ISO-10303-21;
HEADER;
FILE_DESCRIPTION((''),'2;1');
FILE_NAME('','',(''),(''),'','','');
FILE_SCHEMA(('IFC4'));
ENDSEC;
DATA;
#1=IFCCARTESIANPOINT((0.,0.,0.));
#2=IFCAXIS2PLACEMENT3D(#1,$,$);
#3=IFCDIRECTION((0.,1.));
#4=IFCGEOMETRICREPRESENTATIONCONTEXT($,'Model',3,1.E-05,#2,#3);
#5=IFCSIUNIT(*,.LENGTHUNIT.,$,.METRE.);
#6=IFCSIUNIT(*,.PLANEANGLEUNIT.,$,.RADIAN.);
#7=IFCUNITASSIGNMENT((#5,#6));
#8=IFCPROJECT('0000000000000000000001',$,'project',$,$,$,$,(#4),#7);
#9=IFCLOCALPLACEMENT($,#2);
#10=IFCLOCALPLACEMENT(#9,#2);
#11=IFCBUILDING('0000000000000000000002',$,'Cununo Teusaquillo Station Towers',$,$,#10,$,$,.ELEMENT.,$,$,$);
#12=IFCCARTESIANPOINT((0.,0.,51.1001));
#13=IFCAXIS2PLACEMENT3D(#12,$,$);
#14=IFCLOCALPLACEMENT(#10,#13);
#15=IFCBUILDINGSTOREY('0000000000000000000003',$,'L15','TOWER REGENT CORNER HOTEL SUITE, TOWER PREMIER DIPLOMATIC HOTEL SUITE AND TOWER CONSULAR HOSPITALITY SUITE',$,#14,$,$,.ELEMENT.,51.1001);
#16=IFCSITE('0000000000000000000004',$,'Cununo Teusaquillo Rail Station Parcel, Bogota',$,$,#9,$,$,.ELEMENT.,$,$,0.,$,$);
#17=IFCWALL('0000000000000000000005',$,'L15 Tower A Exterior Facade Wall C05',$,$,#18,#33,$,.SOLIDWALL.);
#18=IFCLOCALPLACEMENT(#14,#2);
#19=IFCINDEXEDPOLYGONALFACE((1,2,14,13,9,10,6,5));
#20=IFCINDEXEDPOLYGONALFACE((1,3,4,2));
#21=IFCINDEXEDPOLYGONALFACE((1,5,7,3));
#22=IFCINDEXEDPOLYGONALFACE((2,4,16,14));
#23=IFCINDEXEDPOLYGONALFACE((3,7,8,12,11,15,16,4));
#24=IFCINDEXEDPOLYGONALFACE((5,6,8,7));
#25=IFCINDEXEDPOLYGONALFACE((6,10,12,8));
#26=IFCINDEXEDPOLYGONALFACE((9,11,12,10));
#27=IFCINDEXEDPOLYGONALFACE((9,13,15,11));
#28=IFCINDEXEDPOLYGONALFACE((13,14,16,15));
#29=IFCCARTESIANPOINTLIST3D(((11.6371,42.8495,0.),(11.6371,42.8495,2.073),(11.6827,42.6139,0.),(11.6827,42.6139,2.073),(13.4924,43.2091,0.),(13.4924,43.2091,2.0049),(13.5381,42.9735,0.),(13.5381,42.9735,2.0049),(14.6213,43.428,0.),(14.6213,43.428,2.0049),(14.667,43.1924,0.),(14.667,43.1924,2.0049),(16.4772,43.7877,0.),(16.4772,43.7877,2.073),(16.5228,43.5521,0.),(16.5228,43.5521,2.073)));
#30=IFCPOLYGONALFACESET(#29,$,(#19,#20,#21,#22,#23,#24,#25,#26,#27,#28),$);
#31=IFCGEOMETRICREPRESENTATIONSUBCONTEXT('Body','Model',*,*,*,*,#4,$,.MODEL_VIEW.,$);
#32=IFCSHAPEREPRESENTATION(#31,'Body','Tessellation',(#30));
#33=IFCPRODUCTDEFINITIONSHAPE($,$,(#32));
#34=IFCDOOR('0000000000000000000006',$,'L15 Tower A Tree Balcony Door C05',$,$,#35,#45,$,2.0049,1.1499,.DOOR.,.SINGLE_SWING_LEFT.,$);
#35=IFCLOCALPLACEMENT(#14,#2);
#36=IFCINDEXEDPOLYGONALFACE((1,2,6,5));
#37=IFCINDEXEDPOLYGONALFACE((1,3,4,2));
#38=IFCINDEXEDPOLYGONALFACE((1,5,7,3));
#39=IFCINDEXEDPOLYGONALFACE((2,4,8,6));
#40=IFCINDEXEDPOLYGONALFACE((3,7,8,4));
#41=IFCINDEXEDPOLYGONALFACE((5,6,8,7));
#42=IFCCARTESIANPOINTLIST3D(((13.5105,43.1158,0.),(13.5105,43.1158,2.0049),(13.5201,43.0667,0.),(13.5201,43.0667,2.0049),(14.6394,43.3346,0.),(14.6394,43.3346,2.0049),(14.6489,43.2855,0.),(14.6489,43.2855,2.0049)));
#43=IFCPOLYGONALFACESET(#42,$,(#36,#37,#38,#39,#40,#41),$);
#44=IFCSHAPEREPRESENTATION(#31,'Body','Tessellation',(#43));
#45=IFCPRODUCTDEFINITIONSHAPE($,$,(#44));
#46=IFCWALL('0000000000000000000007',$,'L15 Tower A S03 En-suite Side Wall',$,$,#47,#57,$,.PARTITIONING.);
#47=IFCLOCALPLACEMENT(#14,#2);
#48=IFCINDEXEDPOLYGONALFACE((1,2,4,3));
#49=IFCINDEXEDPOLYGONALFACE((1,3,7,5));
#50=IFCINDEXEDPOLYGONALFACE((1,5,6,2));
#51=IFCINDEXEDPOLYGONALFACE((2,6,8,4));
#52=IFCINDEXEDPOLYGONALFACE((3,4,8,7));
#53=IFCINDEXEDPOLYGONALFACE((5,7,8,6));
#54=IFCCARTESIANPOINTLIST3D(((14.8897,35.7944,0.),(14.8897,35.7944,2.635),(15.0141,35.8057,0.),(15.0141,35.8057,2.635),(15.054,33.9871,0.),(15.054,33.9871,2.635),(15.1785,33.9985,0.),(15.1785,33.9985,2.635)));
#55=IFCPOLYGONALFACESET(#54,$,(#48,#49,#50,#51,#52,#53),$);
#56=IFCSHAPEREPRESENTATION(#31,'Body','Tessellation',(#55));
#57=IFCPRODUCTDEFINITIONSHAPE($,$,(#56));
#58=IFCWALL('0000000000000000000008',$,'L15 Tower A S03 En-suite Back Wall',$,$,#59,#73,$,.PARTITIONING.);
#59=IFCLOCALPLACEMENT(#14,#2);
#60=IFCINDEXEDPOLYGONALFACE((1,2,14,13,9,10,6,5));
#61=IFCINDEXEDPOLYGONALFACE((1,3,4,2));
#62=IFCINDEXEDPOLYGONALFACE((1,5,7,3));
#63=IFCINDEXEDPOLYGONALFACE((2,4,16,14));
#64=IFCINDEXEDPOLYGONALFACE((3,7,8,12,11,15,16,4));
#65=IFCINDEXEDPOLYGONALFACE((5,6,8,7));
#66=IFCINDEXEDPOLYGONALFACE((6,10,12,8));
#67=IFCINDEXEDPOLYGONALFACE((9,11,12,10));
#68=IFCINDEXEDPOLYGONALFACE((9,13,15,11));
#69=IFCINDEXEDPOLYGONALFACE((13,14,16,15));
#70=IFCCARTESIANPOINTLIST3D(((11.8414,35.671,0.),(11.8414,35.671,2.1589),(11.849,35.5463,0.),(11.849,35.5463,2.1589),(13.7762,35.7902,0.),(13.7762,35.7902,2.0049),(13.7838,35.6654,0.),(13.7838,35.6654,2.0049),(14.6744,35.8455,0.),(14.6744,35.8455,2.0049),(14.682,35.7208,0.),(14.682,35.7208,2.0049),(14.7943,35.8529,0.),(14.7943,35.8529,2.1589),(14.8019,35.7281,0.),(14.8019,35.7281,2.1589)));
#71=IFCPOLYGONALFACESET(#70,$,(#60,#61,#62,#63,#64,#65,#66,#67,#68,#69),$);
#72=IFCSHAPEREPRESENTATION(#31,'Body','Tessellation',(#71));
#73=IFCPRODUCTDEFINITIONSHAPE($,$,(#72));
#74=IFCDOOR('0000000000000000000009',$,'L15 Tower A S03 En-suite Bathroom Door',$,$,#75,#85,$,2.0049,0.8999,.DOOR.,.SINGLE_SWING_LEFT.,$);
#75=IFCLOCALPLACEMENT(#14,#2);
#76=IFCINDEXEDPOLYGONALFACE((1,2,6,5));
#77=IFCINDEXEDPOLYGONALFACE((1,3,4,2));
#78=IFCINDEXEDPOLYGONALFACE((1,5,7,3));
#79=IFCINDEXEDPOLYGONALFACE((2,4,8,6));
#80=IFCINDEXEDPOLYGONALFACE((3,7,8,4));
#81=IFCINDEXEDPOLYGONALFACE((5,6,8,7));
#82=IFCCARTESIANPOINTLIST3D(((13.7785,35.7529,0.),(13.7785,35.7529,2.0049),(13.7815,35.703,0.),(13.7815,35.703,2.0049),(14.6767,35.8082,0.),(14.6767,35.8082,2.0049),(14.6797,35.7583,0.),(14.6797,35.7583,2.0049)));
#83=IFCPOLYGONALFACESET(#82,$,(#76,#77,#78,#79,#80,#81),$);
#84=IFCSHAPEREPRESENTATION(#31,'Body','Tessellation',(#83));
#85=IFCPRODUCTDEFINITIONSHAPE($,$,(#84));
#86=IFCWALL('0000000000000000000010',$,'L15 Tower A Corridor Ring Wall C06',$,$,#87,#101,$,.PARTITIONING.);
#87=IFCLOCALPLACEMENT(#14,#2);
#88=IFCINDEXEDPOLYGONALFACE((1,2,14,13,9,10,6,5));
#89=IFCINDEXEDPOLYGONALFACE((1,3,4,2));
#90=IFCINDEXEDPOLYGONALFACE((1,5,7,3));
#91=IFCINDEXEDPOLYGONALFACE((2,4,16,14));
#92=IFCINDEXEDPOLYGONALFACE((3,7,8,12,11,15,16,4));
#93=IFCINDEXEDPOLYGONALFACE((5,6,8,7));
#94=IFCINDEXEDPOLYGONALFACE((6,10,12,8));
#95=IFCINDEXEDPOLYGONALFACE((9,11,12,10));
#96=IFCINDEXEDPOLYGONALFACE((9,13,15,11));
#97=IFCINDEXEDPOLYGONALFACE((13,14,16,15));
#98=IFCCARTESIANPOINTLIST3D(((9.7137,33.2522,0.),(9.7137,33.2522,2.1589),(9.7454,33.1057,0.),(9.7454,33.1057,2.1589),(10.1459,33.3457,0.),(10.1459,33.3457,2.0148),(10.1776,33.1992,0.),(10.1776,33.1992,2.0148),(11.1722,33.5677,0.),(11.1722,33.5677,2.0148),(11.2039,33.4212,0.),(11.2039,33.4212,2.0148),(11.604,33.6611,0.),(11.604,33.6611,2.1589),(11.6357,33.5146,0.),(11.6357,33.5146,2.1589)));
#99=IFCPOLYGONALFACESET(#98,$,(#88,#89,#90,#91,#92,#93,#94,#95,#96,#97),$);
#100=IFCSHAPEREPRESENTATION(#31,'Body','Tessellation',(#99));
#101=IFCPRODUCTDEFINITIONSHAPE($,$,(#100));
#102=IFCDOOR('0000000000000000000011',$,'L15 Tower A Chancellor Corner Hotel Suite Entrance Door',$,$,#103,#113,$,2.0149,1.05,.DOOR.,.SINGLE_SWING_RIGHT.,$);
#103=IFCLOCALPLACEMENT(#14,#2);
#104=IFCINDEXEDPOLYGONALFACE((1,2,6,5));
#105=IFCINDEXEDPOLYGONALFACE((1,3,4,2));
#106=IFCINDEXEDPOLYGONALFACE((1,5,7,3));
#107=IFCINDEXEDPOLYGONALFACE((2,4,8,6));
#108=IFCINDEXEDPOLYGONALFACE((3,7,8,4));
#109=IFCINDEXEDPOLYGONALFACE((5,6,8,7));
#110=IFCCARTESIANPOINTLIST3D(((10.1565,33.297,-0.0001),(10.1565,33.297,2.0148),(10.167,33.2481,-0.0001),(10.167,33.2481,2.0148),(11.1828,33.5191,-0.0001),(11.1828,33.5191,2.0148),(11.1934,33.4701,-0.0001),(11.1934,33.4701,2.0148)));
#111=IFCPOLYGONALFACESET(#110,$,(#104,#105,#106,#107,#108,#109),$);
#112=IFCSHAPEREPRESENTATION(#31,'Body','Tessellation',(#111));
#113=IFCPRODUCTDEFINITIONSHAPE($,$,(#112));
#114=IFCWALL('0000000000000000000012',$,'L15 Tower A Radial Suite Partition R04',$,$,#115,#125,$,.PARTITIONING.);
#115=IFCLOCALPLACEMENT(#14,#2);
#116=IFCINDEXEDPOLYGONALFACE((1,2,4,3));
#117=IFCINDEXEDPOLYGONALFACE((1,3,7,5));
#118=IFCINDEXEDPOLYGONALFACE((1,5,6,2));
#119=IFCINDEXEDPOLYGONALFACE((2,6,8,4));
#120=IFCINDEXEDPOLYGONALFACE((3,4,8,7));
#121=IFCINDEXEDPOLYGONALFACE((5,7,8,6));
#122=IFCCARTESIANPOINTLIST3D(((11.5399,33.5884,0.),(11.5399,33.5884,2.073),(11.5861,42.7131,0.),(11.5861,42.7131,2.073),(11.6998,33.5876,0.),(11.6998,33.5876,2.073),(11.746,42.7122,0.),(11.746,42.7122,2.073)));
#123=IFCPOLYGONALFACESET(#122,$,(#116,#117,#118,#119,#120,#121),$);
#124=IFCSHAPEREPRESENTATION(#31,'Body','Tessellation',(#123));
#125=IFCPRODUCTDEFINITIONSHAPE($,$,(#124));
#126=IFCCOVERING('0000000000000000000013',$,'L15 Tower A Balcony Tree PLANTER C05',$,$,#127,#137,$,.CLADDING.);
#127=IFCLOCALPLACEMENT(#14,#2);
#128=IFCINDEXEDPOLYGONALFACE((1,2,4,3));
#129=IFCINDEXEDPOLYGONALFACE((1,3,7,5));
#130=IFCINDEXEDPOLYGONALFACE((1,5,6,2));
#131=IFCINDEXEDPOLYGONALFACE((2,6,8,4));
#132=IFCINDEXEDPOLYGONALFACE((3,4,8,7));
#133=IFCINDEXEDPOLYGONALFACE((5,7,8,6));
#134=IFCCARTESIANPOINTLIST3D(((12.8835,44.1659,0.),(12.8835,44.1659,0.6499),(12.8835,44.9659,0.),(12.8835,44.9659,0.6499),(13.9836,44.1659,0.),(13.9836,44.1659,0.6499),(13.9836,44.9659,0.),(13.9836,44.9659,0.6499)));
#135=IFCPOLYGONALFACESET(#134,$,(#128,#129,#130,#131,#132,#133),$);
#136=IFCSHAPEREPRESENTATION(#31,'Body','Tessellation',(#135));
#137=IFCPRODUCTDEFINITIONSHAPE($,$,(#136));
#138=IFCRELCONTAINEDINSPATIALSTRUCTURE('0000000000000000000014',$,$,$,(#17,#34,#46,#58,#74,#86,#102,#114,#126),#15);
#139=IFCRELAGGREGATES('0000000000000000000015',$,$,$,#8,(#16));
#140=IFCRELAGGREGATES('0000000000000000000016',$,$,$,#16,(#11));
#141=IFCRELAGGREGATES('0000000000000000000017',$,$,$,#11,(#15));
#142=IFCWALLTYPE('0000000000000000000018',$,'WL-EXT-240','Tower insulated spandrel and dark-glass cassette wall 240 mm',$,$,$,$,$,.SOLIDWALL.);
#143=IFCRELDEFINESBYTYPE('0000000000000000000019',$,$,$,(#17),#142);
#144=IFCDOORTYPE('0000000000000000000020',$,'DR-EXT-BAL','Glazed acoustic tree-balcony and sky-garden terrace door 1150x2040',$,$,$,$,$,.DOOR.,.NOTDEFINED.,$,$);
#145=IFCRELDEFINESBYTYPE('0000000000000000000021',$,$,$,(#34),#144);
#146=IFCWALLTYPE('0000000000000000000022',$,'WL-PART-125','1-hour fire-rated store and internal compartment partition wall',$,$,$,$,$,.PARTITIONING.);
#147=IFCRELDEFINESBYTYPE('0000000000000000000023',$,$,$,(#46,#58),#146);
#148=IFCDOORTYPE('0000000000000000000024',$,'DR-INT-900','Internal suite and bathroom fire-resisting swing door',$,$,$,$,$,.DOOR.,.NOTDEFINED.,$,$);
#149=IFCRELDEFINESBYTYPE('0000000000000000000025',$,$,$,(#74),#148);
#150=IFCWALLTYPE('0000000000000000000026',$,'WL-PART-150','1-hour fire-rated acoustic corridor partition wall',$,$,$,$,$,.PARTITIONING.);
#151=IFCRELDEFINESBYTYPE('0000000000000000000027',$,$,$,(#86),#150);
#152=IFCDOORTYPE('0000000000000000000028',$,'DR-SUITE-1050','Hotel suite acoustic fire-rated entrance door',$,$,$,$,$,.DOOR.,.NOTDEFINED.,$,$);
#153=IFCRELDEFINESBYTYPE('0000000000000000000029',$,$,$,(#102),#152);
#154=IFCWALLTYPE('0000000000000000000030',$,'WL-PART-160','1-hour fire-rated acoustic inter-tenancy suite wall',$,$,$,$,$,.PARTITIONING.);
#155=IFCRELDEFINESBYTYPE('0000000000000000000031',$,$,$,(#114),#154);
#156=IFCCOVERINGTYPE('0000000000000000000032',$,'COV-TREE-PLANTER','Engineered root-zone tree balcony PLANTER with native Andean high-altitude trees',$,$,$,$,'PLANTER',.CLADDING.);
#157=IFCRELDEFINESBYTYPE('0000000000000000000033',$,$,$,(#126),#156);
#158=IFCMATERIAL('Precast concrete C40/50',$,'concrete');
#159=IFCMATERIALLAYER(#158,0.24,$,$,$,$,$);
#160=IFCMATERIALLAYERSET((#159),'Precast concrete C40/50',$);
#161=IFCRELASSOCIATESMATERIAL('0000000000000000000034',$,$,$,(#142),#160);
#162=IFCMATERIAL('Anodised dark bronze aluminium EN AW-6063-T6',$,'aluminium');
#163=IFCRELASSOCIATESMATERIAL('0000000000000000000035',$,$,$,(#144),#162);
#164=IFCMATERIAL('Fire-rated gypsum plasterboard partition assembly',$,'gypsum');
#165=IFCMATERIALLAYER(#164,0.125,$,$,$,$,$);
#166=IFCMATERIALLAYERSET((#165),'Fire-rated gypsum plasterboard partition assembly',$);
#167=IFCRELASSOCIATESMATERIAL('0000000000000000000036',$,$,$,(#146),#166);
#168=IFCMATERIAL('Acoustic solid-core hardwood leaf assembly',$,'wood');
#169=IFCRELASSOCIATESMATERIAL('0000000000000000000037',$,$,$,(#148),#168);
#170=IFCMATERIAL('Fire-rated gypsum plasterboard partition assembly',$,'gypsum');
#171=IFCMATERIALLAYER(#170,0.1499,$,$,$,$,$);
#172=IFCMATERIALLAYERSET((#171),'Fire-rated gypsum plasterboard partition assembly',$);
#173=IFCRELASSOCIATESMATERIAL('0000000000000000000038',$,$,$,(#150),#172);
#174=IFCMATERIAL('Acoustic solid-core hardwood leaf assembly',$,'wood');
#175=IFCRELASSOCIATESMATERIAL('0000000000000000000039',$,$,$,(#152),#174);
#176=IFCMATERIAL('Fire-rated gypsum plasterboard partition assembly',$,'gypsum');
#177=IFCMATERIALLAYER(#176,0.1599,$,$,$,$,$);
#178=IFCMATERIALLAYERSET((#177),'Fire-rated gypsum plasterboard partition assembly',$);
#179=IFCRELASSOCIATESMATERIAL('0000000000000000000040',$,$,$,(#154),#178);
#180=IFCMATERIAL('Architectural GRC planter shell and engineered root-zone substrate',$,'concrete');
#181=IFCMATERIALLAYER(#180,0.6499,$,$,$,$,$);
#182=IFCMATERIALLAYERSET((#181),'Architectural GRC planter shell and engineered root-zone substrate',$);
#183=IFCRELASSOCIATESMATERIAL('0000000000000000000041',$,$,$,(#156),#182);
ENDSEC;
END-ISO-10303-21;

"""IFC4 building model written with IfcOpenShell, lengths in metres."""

from ifc_helpers import new_model, si_unit, direction, frame, frame_2d, origin, origin_2d, place, context, subcontext, project, spatial, rectangle, extrude, source, transform, mapped, material, layer, layer_set, type_object, element, fill, save


model = new_model("IFC4")

# Units and contexts
model_context = context("Model", 3, precision=1e-05, world=origin(), true_north=direction((0.0, 1.0)))
body_context = subcontext(model_context, "Body", "Model", "MODEL_VIEW")
ifc_project = project(units=[si_unit("LENGTHUNIT", "METRE"), si_unit("PLANEANGLEUNIT", "RADIAN")], contexts=[model_context])

# Site, building, storey
site_placement = place(None, origin())
site = spatial("IfcSite", under=ifc_project, at=site_placement, Name="Cununo Teusaquillo Rail Station Parcel, Bogota", CompositionType="ELEMENT", RefElevation=0.0)
building_placement = place(site_placement, origin())
building = spatial("IfcBuilding", under=site, at=building_placement, Name="Cununo Teusaquillo Station Towers", CompositionType="ELEMENT")
storey_placement = place(building_placement, frame((0.0, 0.0, 51.1001)))
storey = spatial("IfcBuildingStorey", under=building, at=storey_placement, Name="L15", Description="TOWER REGENT CORNER HOTEL SUITE, TOWER PREMIER DIPLOMATIC HOTEL SUITE AND TOWER CONSULAR HOSPITALITY SUITE", CompositionType="ELEMENT", Elevation=51.1001)

# Shared definitions
ifc_material_1 = material(Name="Precast concrete C40/50", Category="concrete")
ifc_layer_1 = layer(ifc_material_1, 0.24)
ifc_layer_set_1 = layer_set([ifc_layer_1], Name="Precast concrete C40/50")
wall_type_1 = type_object("IfcWallType", Name="WL-EXT-240", Description="Tower insulated spandrel and dark-glass cassette wall 240 mm", PredefinedType="SOLIDWALL", material=ifc_layer_set_1)

# Wall, opening, door
wall_1_placement = place(storey_placement, frame((11.6599, 42.7317, 0.0), z_axis=(0.0, 0.0, 1.0), x_axis=(0.981725, 0.190304, 0.0)))
wall_1 = element("IfcWall", 1, at=wall_1_placement, inside=storey, type_object=wall_type_1, Name="L15 Tower A Exterior Facade Wall C05", PredefinedType="SOLIDWALL", context=body_context, shape_type="SweptSolid", body=[
    extrude(rectangle(XDim=4.9302, YDim=0.24, at=frame_2d((2.4651, 0.0))), origin(), (0.0, 0.0, 1.0), 2.073),
])
shared_shape_1 = source(origin(), body_context, "Body", "SweptSolid", [
    extrude(rectangle(XDim=1.1499, YDim=2.0049, at=frame_2d((0.575, 1.0024))), frame((0.0, 0.1299, 0.0), z_axis=(0.0, -1.0, 0.0), x_axis=(1.0, 0.0, 0.0)), (0.0, 0.0, 1.0), 0.26),
])
opening_1_placement = place(wall_1_placement, frame((1.8899, 0.0, 0.0)))
opening_1 = element("IfcOpeningElement", 2, at=opening_1_placement, cuts=wall_1, PredefinedType="OPENING", context=body_context, shape_type="MappedRepresentation", body=[
    mapped(shared_shape_1, transform((0.0, 0.0, 0.0), x_axis=(1.0, 0.0, 0.0), y_axis=(0.0, 1.0, 0.0), z_axis=(0.0, 0.0, 1.0), scale=1.0)),
])
ifc_material_2 = material(Name="Anodised dark bronze aluminium EN AW-6063-T6", Category="aluminium")
door_type_1 = type_object("IfcDoorType", Name="DR-EXT-BAL", Description="Glazed acoustic tree-balcony and sky-garden terrace door 1150x2040", OperationType="NOTDEFINED", PredefinedType="DOOR", material=ifc_material_2)
shared_shape_2 = source(origin(), body_context, "Body", "SweptSolid", [
    extrude(rectangle(XDim=1.1499, YDim=2.0049, at=frame_2d((0.575, 1.0024))), frame((0.0, 0.0249, 0.0), z_axis=(0.0, -1.0, 0.0), x_axis=(1.0, 0.0, 0.0)), (0.0, 0.0, 1.0), 0.05),
])
door_1_placement = place(opening_1_placement, origin())
door_1 = element("IfcDoor", 3, at=door_1_placement, inside=storey, type_object=door_type_1, Name="L15 Tower A Tree Balcony Door C05", OperationType="SINGLE_SWING_LEFT", OverallHeight=2.0049, OverallWidth=1.1499, PredefinedType="DOOR", context=body_context, shape_type="MappedRepresentation", body=[
    mapped(shared_shape_2, transform((0.0, 0.0, 0.0), x_axis=(1.0, 0.0, 0.0), y_axis=(0.0, 1.0, 0.0), z_axis=(0.0, 0.0, 1.0), scale=1.0)),
])
fill(opening_1, door_1)

# Wall
ifc_material_3 = material(Name="Fire-rated gypsum plasterboard partition assembly", Category="gypsum")
ifc_layer_2 = layer(ifc_material_3, 0.125)
ifc_layer_set_2 = layer_set([ifc_layer_2], Name="Fire-rated gypsum plasterboard partition assembly")
wall_type_2 = type_object("IfcWallType", Name="WL-PART-125", Description="1-hour fire-rated store and internal compartment partition wall", PredefinedType="PARTITIONING", material=ifc_layer_set_2)
wall_2_placement = place(storey_placement, frame((15.1162, 33.9929, 0.0), z_axis=(0.0, 0.0, 1.0), x_axis=(-0.090548, 0.995892, 0.0)))
element("IfcWall", 4, at=wall_2_placement, inside=storey, type_object=wall_type_2, Name="L15 Tower A S03 En-suite Side Wall", PredefinedType="PARTITIONING", context=body_context, shape_type="SweptSolid", body=[
    extrude(rectangle(XDim=1.8147, YDim=0.125, at=frame_2d((0.9072, 0.0))), origin(), (0.0, 0.0, 1.0), 2.635),
])

# Walls, openings, doors
wall_3_placement = place(storey_placement, frame((14.7981, 35.7905, 0.0), z_axis=(0.0, 0.0, 1.0), x_axis=(-0.998108, -0.061479, 0.0)))
wall_3 = element("IfcWall", 5, at=wall_3_placement, inside=storey, type_object=wall_type_2, Name="L15 Tower A S03 En-suite Back Wall", PredefinedType="PARTITIONING", context=body_context, shape_type="SweptSolid", body=[
    extrude(rectangle(XDim=2.9585, YDim=0.125, at=frame_2d((1.4792, 0.0))), origin(), (0.0, 0.0, 1.0), 2.1589),
])
shared_shape_3 = source(origin(), body_context, "Body", "SweptSolid", [
    extrude(rectangle(XDim=0.8999, YDim=2.0049, at=frame_2d((0.45, 1.0024))), frame((0.0, 0.0725, 0.0), z_axis=(0.0, -1.0, 0.0), x_axis=(1.0, 0.0, 0.0)), (0.0, 0.0, 1.0), 0.145),
])
opening_2_placement = place(wall_3_placement, frame((0.1201, 0.0, 0.0)))
opening_2 = element("IfcOpeningElement", 6, at=opening_2_placement, cuts=wall_3, PredefinedType="OPENING", context=body_context, shape_type="MappedRepresentation", body=[
    mapped(shared_shape_3, transform((0.0, 0.0, 0.0), x_axis=(1.0, 0.0, 0.0), y_axis=(0.0, 1.0, 0.0), z_axis=(0.0, 0.0, 1.0), scale=1.0)),
])
ifc_material_4 = material(Name="Acoustic solid-core hardwood leaf assembly", Category="wood")
door_type_2 = type_object("IfcDoorType", Name="DR-INT-900", Description="Internal suite and bathroom fire-resisting swing door", OperationType="NOTDEFINED", PredefinedType="DOOR", material=ifc_material_4)
shared_shape_4 = source(origin(), body_context, "Body", "SweptSolid", [
    extrude(rectangle(XDim=0.8999, YDim=2.0049, at=frame_2d((0.45, 1.0024))), frame((0.0, 0.0249, 0.0), z_axis=(0.0, -1.0, 0.0), x_axis=(1.0, 0.0, 0.0)), (0.0, 0.0, 1.0), 0.05),
])
door_2_placement = place(opening_2_placement, origin())
door_2 = element("IfcDoor", 7, at=door_2_placement, inside=storey, type_object=door_type_2, Name="L15 Tower A S03 En-suite Bathroom Door", OperationType="SINGLE_SWING_LEFT", OverallHeight=2.0049, OverallWidth=0.8999, PredefinedType="DOOR", context=body_context, shape_type="MappedRepresentation", body=[
    mapped(shared_shape_4, transform((0.0, 0.0, 0.0), x_axis=(1.0, 0.0, 0.0), y_axis=(0.0, 1.0, 0.0), z_axis=(0.0, 0.0, 1.0), scale=1.0)),
])
fill(opening_2, door_2)
ifc_material_5 = material(Name="Fire-rated gypsum plasterboard partition assembly", Category="gypsum")
ifc_layer_3 = layer(ifc_material_5, 0.1499)
ifc_layer_set_3 = layer_set([ifc_layer_3], Name="Fire-rated gypsum plasterboard partition assembly")
wall_type_3 = type_object("IfcWallType", Name="WL-PART-150", Description="1-hour fire-rated acoustic corridor partition wall", PredefinedType="PARTITIONING", material=ifc_layer_set_3)
wall_4_placement = place(storey_placement, frame((11.6199, 33.5879, 0.0), z_axis=(0.0, 0.0, 1.0), x_axis=(-0.977392, -0.211434, 0.0)))
wall_4 = element("IfcWall", 8, at=wall_4_placement, inside=storey, type_object=wall_type_3, Name="L15 Tower A Corridor Ring Wall C06", PredefinedType="PARTITIONING", context=body_context, shape_type="SweptSolid", body=[
    extrude(rectangle(XDim=1.9341, YDim=0.1499, at=frame_2d((0.967, 0.0))), origin(), (0.0, 0.0, 1.0), 2.1589),
])
shared_shape_5 = source(origin(), body_context, "Body", "SweptSolid", [
    extrude(rectangle(XDim=1.05, YDim=2.0149, at=frame_2d((0.5249, 1.0073))), frame((0.0, 0.085, 0.0), z_axis=(0.0, -1.0, 0.0), x_axis=(1.0, 0.0, 0.0)), (0.0, 0.0, 1.0), 0.1699),
])
opening_3_placement = place(wall_4_placement, frame((0.4419, 0.0, 0.0)))
opening_3 = element("IfcOpeningElement", 9, at=opening_3_placement, cuts=wall_4, PredefinedType="OPENING", context=body_context, shape_type="MappedRepresentation", body=[
    mapped(shared_shape_5, transform((0.0, 0.0, 0.0), x_axis=(1.0, 0.0, 0.0), y_axis=(0.0, 1.0, 0.0), z_axis=(0.0, 0.0, 1.0), scale=1.0)),
])
ifc_material_6 = material(Name="Acoustic solid-core hardwood leaf assembly", Category="wood")
door_type_3 = type_object("IfcDoorType", Name="DR-SUITE-1050", Description="Hotel suite acoustic fire-rated entrance door", OperationType="NOTDEFINED", PredefinedType="DOOR", material=ifc_material_6)
shared_shape_6 = source(origin(), body_context, "Body", "SweptSolid", [
    extrude(rectangle(XDim=1.05, YDim=2.0149, at=frame_2d((0.5249, 1.0073))), frame((0.0, 0.0249, 0.0), z_axis=(0.0, -1.0, 0.0), x_axis=(1.0, 0.0, 0.0)), (0.0, 0.0, 1.0), 0.05),
])
door_3_placement = place(opening_3_placement, origin())
door_3 = element("IfcDoor", 10, at=door_3_placement, inside=storey, type_object=door_type_3, Name="L15 Tower A Chancellor Corner Hotel Suite Entrance Door", OperationType="SINGLE_SWING_RIGHT", OverallHeight=2.0149, OverallWidth=1.05, PredefinedType="DOOR", context=body_context, shape_type="MappedRepresentation", body=[
    mapped(shared_shape_6, transform((0.0, 0.0, 0.0), x_axis=(1.0, 0.0, 0.0), y_axis=(0.0, 1.0, 0.0), z_axis=(0.0, 0.0, 1.0), scale=1.0)),
])
fill(opening_3, door_3)

# Wall
ifc_material_7 = material(Name="Fire-rated gypsum plasterboard partition assembly", Category="gypsum")
ifc_layer_4 = layer(ifc_material_7, 0.1599)
ifc_layer_set_4 = layer_set([ifc_layer_4], Name="Fire-rated gypsum plasterboard partition assembly")
wall_type_4 = type_object("IfcWallType", Name="WL-PART-160", Description="1-hour fire-rated acoustic inter-tenancy suite wall", PredefinedType="PARTITIONING", material=ifc_layer_set_4)
wall_5_placement = place(storey_placement, frame((11.6199, 33.5879, 0.0), z_axis=(0.0, 0.0, 1.0), x_axis=(0.005057, 0.999987, 0.0)))
element("IfcWall", 11, at=wall_5_placement, inside=storey, type_object=wall_type_4, Name="L15 Tower A Radial Suite Partition R04", PredefinedType="PARTITIONING", context=body_context, shape_type="SweptSolid", body=[
    extrude(rectangle(XDim=9.1248, YDim=0.1599, at=frame_2d((4.5625, 0.0))), origin(), (0.0, 0.0, 1.0), 2.073),
])

# Covering
ifc_material_8 = material(Name="Architectural GRC planter shell and engineered root-zone substrate", Category="concrete")
ifc_layer_5 = layer(ifc_material_8, 0.6499)
ifc_layer_set_5 = layer_set([ifc_layer_5], Name="Architectural GRC planter shell and engineered root-zone substrate")
covering_type = type_object("IfcCoveringType", Name="COV-TREE-PLANTER", Description="Engineered root-zone tree balcony PLANTER with native Andean high-altitude trees", ElementType="PLANTER", PredefinedType="CLADDING", material=ifc_layer_set_5)
shared_shape_7 = source(origin(), body_context, "Body", "SweptSolid", [
    extrude(rectangle(XDim=1.1001, YDim=0.8, at=origin_2d()), origin(), (0.0, 0.0, 1.0), 0.6499),
])
covering_placement = place(storey_placement, frame((13.4336, 44.5659, 0.0), z_axis=(0.0, 0.0, 1.0), x_axis=(1.0, 0.0, 0.0)))
element("IfcCovering", 12, at=covering_placement, inside=storey, type_object=covering_type, Name="L15 Tower A Balcony Tree PLANTER C05", PredefinedType="CLADDING", context=body_context, shape_type="MappedRepresentation", body=[
    mapped(shared_shape_7, transform((0.0, 0.0, 0.0), x_axis=(1.0, 0.0, 0.0), y_axis=(0.0, 1.0, 0.0), z_axis=(0.0, 0.0, 1.0), scale=1.0)),
])

save(model, "model.ifc")
